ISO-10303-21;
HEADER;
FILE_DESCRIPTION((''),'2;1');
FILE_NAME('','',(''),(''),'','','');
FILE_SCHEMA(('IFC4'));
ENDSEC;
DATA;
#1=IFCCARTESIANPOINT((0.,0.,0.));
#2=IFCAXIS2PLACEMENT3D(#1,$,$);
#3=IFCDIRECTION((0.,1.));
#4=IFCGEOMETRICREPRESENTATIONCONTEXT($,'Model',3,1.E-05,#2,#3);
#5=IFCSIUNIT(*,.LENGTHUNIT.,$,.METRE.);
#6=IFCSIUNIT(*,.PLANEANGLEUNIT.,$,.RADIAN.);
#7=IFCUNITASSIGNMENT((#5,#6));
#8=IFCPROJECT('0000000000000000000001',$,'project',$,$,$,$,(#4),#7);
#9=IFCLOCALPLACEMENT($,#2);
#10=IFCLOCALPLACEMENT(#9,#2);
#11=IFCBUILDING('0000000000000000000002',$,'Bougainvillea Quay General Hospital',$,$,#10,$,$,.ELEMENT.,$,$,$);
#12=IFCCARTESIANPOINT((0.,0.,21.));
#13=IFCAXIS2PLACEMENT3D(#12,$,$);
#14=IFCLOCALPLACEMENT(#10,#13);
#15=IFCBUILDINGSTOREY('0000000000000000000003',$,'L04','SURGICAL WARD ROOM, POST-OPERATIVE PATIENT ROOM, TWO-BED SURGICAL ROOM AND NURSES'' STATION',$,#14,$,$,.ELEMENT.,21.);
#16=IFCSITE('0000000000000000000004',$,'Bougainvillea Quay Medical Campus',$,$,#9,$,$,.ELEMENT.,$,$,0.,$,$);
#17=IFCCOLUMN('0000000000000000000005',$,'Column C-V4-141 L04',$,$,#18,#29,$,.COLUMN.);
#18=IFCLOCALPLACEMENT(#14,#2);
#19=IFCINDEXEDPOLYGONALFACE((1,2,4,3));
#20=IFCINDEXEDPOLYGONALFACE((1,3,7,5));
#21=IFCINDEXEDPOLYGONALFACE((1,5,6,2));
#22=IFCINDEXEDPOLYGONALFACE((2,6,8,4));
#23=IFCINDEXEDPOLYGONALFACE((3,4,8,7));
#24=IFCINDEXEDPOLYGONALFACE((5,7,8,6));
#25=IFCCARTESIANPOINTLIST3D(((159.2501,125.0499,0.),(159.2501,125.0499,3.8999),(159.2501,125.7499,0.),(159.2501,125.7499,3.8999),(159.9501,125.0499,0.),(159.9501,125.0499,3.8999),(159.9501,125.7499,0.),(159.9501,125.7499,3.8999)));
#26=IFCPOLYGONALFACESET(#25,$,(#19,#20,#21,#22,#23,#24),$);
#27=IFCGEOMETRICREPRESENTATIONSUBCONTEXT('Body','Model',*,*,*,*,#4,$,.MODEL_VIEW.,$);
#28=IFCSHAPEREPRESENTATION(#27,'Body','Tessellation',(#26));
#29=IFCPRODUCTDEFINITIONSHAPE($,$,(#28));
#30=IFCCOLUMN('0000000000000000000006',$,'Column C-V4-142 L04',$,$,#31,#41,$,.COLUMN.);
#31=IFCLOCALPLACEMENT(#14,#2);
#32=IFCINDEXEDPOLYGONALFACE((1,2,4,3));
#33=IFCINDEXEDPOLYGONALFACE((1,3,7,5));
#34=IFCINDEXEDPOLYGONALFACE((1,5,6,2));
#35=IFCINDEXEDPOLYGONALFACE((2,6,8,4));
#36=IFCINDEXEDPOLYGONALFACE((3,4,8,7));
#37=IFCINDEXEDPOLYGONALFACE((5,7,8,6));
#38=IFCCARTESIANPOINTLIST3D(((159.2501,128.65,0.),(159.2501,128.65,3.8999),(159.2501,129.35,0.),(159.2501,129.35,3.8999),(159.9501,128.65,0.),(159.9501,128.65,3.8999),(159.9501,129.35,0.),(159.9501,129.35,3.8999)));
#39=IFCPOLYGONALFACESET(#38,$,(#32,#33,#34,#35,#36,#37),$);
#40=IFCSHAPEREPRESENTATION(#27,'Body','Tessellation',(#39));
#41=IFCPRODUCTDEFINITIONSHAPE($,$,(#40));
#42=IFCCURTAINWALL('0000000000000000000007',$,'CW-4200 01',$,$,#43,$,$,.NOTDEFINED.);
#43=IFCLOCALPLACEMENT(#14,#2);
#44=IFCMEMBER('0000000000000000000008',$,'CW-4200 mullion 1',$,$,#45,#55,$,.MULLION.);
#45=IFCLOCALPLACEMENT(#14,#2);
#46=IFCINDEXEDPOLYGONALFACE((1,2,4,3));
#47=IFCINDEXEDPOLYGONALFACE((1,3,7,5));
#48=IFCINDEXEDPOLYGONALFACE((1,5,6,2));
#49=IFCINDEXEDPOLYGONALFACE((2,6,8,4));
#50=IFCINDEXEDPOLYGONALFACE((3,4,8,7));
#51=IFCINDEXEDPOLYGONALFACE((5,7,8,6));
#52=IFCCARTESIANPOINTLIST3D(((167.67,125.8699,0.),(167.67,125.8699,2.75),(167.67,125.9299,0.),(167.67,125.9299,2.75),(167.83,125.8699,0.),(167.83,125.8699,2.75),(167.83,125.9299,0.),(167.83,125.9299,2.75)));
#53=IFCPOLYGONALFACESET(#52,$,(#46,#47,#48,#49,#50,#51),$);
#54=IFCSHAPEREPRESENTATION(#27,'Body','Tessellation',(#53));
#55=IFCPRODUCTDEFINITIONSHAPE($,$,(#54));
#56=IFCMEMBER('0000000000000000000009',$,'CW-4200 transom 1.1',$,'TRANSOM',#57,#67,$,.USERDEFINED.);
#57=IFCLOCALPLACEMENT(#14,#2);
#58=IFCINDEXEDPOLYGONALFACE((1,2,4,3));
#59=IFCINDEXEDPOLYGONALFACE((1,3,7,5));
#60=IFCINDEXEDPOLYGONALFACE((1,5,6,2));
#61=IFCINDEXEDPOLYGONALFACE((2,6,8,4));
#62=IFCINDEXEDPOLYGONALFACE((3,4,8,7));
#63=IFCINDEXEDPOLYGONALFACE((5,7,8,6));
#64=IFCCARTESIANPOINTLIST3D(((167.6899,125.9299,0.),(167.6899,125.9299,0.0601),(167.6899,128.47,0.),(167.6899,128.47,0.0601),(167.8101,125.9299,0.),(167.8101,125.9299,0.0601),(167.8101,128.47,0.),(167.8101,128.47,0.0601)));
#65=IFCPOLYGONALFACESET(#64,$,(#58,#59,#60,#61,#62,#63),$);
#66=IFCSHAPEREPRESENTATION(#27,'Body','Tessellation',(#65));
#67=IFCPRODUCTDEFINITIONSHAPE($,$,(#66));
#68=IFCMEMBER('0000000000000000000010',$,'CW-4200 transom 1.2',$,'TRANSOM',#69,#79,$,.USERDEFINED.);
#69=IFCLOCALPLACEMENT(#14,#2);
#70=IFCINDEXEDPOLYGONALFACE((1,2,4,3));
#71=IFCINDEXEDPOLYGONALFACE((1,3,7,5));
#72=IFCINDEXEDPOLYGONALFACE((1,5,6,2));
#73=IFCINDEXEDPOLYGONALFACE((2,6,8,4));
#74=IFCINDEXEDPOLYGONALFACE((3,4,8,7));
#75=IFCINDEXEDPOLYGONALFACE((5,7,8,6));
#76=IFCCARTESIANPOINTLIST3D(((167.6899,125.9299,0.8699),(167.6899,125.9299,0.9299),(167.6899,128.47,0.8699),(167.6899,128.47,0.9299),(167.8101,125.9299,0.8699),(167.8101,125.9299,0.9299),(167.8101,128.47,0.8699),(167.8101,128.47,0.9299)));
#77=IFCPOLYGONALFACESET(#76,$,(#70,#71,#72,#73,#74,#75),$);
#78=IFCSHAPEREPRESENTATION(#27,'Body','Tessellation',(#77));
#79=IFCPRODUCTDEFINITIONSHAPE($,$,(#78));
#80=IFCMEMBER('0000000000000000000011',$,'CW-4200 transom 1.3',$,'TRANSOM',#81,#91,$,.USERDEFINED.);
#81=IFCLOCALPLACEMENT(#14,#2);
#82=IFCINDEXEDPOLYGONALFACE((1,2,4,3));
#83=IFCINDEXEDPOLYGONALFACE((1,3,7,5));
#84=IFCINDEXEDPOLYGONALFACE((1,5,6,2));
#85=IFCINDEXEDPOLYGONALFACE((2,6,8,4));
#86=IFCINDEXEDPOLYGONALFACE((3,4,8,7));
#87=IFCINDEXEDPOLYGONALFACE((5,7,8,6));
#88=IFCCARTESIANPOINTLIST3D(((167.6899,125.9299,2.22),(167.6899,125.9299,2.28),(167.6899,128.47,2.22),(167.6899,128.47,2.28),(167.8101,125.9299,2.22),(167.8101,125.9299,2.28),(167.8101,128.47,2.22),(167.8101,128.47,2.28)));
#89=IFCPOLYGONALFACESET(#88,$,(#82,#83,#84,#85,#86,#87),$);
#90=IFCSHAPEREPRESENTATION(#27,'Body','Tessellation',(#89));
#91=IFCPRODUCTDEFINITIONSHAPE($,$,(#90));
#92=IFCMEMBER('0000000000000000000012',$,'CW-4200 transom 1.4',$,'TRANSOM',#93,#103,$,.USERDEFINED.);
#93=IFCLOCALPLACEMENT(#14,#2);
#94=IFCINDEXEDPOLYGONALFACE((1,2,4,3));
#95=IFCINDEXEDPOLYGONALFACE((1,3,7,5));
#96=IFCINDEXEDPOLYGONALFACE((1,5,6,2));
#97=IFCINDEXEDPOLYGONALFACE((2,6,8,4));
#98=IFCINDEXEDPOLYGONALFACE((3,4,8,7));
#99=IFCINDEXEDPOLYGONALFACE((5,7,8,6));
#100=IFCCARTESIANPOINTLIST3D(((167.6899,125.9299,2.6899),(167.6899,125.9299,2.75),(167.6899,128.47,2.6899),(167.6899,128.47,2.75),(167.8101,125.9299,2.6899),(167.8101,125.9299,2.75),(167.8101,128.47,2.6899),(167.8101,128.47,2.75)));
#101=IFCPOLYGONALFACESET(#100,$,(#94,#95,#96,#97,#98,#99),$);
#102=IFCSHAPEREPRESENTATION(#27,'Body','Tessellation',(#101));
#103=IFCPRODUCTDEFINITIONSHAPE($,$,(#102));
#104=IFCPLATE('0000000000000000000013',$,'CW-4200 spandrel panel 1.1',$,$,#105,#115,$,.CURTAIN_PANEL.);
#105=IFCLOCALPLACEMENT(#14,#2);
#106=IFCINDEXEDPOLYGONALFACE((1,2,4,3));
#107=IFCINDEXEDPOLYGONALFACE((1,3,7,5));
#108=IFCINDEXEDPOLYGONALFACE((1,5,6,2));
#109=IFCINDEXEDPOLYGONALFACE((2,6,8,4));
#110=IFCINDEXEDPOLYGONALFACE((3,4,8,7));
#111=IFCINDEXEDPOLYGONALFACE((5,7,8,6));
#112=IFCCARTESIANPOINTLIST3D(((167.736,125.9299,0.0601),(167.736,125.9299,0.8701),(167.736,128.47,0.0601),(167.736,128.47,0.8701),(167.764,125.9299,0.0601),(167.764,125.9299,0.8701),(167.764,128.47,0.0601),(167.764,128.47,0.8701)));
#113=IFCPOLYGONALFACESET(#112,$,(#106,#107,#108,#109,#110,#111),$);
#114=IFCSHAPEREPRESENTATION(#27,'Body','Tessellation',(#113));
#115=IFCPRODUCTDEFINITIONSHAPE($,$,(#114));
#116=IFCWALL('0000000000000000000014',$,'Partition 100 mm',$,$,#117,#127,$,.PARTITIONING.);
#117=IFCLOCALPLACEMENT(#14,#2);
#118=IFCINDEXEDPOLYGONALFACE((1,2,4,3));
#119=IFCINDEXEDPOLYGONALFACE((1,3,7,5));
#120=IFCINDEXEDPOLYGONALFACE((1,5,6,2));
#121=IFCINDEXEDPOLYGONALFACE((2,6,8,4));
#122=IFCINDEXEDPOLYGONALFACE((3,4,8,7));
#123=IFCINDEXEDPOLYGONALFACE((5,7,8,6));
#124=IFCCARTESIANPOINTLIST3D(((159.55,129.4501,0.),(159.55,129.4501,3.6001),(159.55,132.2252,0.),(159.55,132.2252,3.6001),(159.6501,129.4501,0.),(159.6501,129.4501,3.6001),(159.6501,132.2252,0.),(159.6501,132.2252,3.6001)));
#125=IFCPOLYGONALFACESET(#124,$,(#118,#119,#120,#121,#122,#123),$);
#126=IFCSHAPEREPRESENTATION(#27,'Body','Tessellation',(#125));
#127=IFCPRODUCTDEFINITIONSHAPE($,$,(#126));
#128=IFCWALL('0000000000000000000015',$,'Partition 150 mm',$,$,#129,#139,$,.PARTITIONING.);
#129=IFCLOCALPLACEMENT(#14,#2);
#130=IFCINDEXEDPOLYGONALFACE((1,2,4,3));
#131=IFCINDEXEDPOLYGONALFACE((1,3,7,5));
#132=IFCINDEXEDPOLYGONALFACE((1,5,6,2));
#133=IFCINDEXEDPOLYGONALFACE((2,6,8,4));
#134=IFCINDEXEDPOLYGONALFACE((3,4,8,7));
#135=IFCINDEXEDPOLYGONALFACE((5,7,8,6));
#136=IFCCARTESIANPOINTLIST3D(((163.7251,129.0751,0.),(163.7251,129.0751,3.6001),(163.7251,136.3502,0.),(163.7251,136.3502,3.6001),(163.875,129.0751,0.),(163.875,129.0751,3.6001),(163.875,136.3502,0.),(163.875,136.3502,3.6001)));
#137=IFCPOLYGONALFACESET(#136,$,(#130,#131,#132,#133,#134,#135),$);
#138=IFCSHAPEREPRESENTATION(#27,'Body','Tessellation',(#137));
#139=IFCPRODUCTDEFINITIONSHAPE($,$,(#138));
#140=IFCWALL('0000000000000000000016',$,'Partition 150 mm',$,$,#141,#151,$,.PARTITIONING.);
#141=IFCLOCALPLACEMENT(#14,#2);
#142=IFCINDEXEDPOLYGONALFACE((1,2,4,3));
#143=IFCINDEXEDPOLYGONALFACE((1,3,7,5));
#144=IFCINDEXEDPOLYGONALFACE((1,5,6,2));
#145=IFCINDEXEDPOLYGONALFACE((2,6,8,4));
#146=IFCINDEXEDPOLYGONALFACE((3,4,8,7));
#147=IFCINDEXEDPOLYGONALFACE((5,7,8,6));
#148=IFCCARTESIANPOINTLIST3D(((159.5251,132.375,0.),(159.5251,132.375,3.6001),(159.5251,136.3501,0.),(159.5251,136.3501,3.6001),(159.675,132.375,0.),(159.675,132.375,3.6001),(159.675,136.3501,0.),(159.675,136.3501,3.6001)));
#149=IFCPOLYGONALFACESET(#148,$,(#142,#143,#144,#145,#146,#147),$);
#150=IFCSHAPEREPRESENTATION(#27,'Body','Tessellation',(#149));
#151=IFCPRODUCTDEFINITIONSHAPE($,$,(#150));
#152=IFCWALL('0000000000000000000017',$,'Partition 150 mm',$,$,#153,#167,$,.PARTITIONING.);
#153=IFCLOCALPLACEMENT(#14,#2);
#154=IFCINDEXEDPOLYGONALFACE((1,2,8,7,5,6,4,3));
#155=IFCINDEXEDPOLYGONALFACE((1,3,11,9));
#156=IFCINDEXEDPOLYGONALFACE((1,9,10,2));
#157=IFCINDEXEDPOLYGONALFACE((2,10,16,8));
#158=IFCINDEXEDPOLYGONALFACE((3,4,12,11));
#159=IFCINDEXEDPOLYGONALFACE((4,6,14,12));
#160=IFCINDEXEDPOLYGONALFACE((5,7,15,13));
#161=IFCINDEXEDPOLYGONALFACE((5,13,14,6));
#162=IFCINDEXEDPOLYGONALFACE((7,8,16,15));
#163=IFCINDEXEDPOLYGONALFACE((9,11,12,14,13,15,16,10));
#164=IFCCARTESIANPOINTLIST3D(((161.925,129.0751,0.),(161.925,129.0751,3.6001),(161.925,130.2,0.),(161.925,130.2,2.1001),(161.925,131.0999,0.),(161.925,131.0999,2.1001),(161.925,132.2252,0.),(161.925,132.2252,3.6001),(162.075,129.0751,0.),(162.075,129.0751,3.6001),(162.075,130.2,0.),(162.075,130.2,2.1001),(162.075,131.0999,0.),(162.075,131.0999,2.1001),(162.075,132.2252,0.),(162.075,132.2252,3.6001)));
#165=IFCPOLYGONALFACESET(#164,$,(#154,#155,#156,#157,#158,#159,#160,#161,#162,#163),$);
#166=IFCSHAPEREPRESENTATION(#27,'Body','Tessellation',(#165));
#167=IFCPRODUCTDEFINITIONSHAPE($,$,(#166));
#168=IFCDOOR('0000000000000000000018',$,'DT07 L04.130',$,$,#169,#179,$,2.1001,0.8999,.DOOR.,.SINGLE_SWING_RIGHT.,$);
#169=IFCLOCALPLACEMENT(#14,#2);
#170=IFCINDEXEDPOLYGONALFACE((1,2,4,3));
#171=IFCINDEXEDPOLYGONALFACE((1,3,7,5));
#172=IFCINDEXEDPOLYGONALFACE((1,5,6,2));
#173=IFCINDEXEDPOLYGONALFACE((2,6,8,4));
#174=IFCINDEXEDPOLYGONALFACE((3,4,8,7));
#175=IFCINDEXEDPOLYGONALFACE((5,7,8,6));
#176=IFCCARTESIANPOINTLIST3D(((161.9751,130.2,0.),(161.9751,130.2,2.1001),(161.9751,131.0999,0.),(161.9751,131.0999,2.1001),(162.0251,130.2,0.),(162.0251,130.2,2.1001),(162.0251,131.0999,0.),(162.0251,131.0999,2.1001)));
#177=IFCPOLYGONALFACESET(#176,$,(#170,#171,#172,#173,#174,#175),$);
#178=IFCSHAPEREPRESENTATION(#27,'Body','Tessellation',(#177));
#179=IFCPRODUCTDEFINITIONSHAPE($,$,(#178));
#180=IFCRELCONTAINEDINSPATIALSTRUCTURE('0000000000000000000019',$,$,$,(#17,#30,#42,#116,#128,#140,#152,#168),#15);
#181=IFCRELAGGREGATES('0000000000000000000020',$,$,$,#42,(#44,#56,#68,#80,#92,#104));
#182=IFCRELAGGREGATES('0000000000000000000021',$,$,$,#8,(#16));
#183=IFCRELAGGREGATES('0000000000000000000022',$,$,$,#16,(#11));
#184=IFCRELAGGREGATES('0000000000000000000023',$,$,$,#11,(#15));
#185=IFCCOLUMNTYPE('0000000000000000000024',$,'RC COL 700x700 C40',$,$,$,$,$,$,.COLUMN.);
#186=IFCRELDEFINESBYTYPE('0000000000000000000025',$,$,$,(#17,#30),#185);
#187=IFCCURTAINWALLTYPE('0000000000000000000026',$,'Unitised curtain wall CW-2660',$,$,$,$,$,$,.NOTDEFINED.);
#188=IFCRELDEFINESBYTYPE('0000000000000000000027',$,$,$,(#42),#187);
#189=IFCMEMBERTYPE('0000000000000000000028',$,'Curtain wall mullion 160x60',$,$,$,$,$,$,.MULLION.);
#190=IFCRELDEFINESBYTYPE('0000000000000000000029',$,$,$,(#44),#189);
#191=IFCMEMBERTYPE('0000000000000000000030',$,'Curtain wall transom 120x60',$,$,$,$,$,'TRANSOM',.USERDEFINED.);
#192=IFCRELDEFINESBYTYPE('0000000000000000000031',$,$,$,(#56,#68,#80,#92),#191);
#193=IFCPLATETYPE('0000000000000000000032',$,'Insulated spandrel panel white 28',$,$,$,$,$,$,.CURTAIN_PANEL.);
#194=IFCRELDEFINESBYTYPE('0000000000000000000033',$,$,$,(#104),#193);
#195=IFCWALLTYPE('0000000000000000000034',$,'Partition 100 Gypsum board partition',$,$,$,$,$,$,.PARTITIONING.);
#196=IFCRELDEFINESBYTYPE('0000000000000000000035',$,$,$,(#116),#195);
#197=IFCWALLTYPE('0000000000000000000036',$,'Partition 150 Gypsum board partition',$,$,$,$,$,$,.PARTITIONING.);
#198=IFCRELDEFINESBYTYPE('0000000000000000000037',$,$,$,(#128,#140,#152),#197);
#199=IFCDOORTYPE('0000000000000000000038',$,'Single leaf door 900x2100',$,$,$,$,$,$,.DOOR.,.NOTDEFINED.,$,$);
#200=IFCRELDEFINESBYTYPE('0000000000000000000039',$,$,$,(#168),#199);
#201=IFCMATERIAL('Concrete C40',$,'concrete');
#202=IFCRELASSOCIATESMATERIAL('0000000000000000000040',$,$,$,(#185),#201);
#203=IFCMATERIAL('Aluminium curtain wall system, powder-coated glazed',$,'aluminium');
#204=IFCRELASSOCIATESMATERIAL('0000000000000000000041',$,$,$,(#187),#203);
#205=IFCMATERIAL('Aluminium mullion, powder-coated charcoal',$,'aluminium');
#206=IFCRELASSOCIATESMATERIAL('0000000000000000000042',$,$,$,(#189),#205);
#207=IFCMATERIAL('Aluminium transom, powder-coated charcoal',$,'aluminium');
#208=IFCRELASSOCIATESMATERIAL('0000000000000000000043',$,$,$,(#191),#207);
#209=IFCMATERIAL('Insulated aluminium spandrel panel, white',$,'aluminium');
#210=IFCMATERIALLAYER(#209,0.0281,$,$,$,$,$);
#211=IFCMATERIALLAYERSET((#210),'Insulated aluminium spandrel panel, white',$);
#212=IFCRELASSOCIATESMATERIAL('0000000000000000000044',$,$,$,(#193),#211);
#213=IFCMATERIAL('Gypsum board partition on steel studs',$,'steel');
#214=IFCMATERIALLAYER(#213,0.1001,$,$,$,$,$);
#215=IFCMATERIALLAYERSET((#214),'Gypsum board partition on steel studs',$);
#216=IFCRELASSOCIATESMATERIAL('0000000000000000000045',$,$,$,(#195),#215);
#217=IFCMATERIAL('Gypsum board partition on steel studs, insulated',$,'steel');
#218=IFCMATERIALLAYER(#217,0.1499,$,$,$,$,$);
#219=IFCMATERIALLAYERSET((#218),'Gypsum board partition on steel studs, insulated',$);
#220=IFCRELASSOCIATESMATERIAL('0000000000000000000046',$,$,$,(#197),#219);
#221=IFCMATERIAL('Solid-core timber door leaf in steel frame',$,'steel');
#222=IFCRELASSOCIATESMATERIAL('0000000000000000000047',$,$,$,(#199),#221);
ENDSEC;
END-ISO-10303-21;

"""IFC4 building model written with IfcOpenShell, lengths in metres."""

from ifc_helpers import new_model, si_unit, direction, frame, frame_2d, origin, origin_2d, place, context, subcontext, project, spatial, rectangle, extrude, material, layer, layer_set, material_profile, profile_set, type_object, element, fill, aggregate, save


model = new_model("IFC4")

# Units and contexts
model_context = context("Model", 3, precision=1e-05, world=origin(), true_north=direction((0.0, 1.0)))
body_context = subcontext(model_context, "Body", "Model", "MODEL_VIEW")
ifc_project = project(units=[si_unit("LENGTHUNIT", "METRE"), si_unit("PLANEANGLEUNIT", "RADIAN")], contexts=[model_context])

# Site, building, storey
site_placement = place(None, origin())
site = spatial("IfcSite", under=ifc_project, at=site_placement, Name="Bougainvillea Quay Medical Campus", CompositionType="ELEMENT", RefElevation=0.0)
building_placement = place(site_placement, origin())
building = spatial("IfcBuilding", under=site, at=building_placement, Name="Bougainvillea Quay General Hospital", CompositionType="ELEMENT")
storey_placement = place(building_placement, frame((0.0, 0.0, 21.0)))
storey = spatial("IfcBuildingStorey", under=building, at=storey_placement, Name="L04", Description="SURGICAL WARD ROOM, POST-OPERATIVE PATIENT ROOM, TWO-BED SURGICAL ROOM AND NURSES' STATION", CompositionType="ELEMENT", Elevation=21.0)

# Columns
ifc_material_1 = material(Name="Concrete C40", Category="concrete")
ifc_material_profile_1 = material_profile(ifc_material_1, rectangle(XDim=0.7, YDim=0.7, at=origin_2d()))
ifc_profile_set_1 = profile_set([ifc_material_profile_1], Name="Concrete C40")
column_type = type_object("IfcColumnType", Name="RC COL 700x700 C40", PredefinedType="COLUMN", material=ifc_profile_set_1)
for number, where, z_axis, x_axis, name in (
    (1, (159.6001, 125.3999, 0.0), (0.0, 0.0, 1.0), (1.0, 0.0, 0.0), "Column C-V4-141 L04"),
    (2, (159.6001, 129.0, 0.0), (0.0, 0.0, 1.0), (1.0, 0.0, 0.0), "Column C-V4-142 L04"),
):
    element("IfcColumn", number, at=place(storey_placement, frame(where, z_axis=z_axis, x_axis=x_axis)), inside=storey, type_object=column_type, Name=name, PredefinedType="COLUMN", context=body_context, shape_type="SweptSolid", body=[
        extrude(rectangle(XDim=0.7, YDim=0.7, at=origin_2d()), origin(), (0.0, 0.0, 1.0), 3.8999),
    ])

# Curtain wall, members, plate
ifc_material_2 = material(Name="Aluminium curtain wall system, powder-coated glazed", Category="aluminium")
curtain_wall_type = type_object("IfcCurtainWallType", Name="Unitised curtain wall CW-2660", PredefinedType="NOTDEFINED", material=ifc_material_2)
curtain_wall_placement = place(storey_placement, origin())
curtain_wall = element("IfcCurtainWall", 3, at=curtain_wall_placement, inside=storey, type_object=curtain_wall_type, Name="CW-4200 01", PredefinedType="NOTDEFINED")
ifc_material_3 = material(Name="Aluminium mullion, powder-coated charcoal", Category="aluminium")
ifc_material_profile_2 = material_profile(ifc_material_3, rectangle(XDim=0.1599, YDim=0.0601, at=origin_2d()))
ifc_profile_set_2 = profile_set([ifc_material_profile_2], Name="Aluminium mullion, powder-coated charcoal")
member_type_1 = type_object("IfcMemberType", Name="Curtain wall mullion 160x60", PredefinedType="MULLION", material=ifc_profile_set_2)
member_1_placement = place(storey_placement, frame((167.75, 125.8999, 0.0), z_axis=(0.0, 0.0, 1.0), x_axis=(-1.0, 0.0, 0.0)))
member_1 = element("IfcMember", 4, at=member_1_placement, type_object=member_type_1, Name="CW-4200 mullion 1", PredefinedType="MULLION", context=body_context, shape_type="SweptSolid", body=[
    extrude(rectangle(XDim=0.1599, YDim=0.0601, at=origin_2d()), origin(), (0.0, 0.0, 1.0), 2.75),
])
ifc_material_4 = material(Name="Aluminium transom, powder-coated charcoal", Category="aluminium")
ifc_material_profile_3 = material_profile(ifc_material_4, rectangle(XDim=0.1201, YDim=0.0601, at=origin_2d()))
ifc_profile_set_3 = profile_set([ifc_material_profile_3], Name="Aluminium transom, powder-coated charcoal")
member_type_2 = type_object("IfcMemberType", Name="Curtain wall transom 120x60", ElementType="TRANSOM", PredefinedType="USERDEFINED", material=ifc_profile_set_3)
member_2_placement = place(storey_placement, frame((167.75, 125.9299, 0.03), z_axis=(0.0, 1.0, 0.0), x_axis=(-1.0, 0.0, 0.0)))
member_2 = element("IfcMember", 5, at=member_2_placement, type_object=member_type_2, Name="CW-4200 transom 1.1", ObjectType="TRANSOM", PredefinedType="USERDEFINED", context=body_context, shape_type="SweptSolid", body=[
    extrude(rectangle(XDim=0.1201, YDim=0.0601, at=origin_2d()), origin(), (0.0, 0.0, 1.0), 2.54),
])
member_3_placement = place(storey_placement, frame((167.75, 125.9299, 0.8999), z_axis=(0.0, 1.0, 0.0), x_axis=(-1.0, 0.0, 0.0)))
member_3 = element("IfcMember", 6, at=member_3_placement, type_object=member_type_2, Name="CW-4200 transom 1.2", ObjectType="TRANSOM", PredefinedType="USERDEFINED", context=body_context, shape_type="SweptSolid", body=[
    extrude(rectangle(XDim=0.1201, YDim=0.0601, at=origin_2d()), origin(), (0.0, 0.0, 1.0), 2.54),
])
member_4_placement = place(storey_placement, frame((167.75, 125.9299, 2.25), z_axis=(0.0, 1.0, 0.0), x_axis=(-1.0, 0.0, 0.0)))
member_4 = element("IfcMember", 7, at=member_4_placement, type_object=member_type_2, Name="CW-4200 transom 1.3", ObjectType="TRANSOM", PredefinedType="USERDEFINED", context=body_context, shape_type="SweptSolid", body=[
    extrude(rectangle(XDim=0.1201, YDim=0.0601, at=origin_2d()), origin(), (0.0, 0.0, 1.0), 2.54),
])
member_5_placement = place(storey_placement, frame((167.75, 125.9299, 2.72), z_axis=(0.0, 1.0, 0.0), x_axis=(-1.0, 0.0, 0.0)))
member_5 = element("IfcMember", 8, at=member_5_placement, type_object=member_type_2, Name="CW-4200 transom 1.4", ObjectType="TRANSOM", PredefinedType="USERDEFINED", context=body_context, shape_type="SweptSolid", body=[
    extrude(rectangle(XDim=0.1201, YDim=0.0601, at=origin_2d()), origin(), (0.0, 0.0, 1.0), 2.54),
])
ifc_material_5 = material(Name="Insulated aluminium spandrel panel, white", Category="aluminium")
ifc_layer_1 = layer(ifc_material_5, 0.0281)
ifc_layer_set_1 = layer_set([ifc_layer_1], Name="Insulated aluminium spandrel panel, white")
plate_type = type_object("IfcPlateType", Name="Insulated spandrel panel white 28", PredefinedType="CURTAIN_PANEL", material=ifc_layer_set_1)
plate_placement = place(storey_placement, frame((167.75, 127.2, 0.0601), z_axis=(0.0, 0.0, 1.0), x_axis=(0.0, 1.0, 0.0)))
plate = element("IfcPlate", 9, at=plate_placement, type_object=plate_type, Name="CW-4200 spandrel panel 1.1", PredefinedType="CURTAIN_PANEL", context=body_context, shape_type="SweptSolid", body=[
    extrude(rectangle(XDim=2.54, YDim=0.0281, at=origin_2d()), origin(), (0.0, 0.0, 1.0), 0.8101),
])
aggregate(curtain_wall, [member_1, member_2, member_3, member_4, member_5, plate])

# Walls
ifc_material_6 = material(Name="Gypsum board partition on steel studs", Category="steel")
ifc_layer_2 = layer(ifc_material_6, 0.1001)
ifc_layer_set_2 = layer_set([ifc_layer_2], Name="Gypsum board partition on steel studs")
wall_type_1 = type_object("IfcWallType", Name="Partition 100 Gypsum board partition", PredefinedType="PARTITIONING", material=ifc_layer_set_2)
wall_1_placement = place(storey_placement, frame((159.6001, 129.45, 0.0), z_axis=(0.0, 0.0, 1.0), x_axis=(0.0, 1.0, 0.0)))
element("IfcWall", 10, at=wall_1_placement, inside=storey, type_object=wall_type_1, Name="Partition 100 mm", PredefinedType="PARTITIONING", context=body_context, shape_type="SweptSolid", body=[
    extrude(rectangle(XDim=2.7751, YDim=0.1001, at=frame_2d((1.3877, 0.0))), origin(), (0.0, 0.0, 1.0), 3.6001),
])
ifc_material_7 = material(Name="Gypsum board partition on steel studs, insulated", Category="steel")
ifc_layer_3 = layer(ifc_material_7, 0.1499)
ifc_layer_set_3 = layer_set([ifc_layer_3], Name="Gypsum board partition on steel studs, insulated")
wall_type_2 = type_object("IfcWallType", Name="Partition 150 Gypsum board partition", PredefinedType="PARTITIONING", material=ifc_layer_set_3)
wall_2_placement = place(storey_placement, frame((163.8, 129.075, 0.0), z_axis=(0.0, 0.0, 1.0), x_axis=(0.0, 1.0, 0.0)))
element("IfcWall", 11, at=wall_2_placement, inside=storey, type_object=wall_type_2, Name="Partition 150 mm", PredefinedType="PARTITIONING", context=body_context, shape_type="SweptSolid", body=[
    extrude(rectangle(XDim=7.2751, YDim=0.1499, at=frame_2d((3.6377, 0.0))), origin(), (0.0, 0.0, 1.0), 3.6001),
])
wall_3_placement = place(storey_placement, frame((159.6001, 132.375, 0.0), z_axis=(0.0, 0.0, 1.0), x_axis=(0.0, 1.0, 0.0)))
element("IfcWall", 12, at=wall_3_placement, inside=storey, type_object=wall_type_2, Name="Partition 150 mm", PredefinedType="PARTITIONING", context=body_context, shape_type="SweptSolid", body=[
    extrude(rectangle(XDim=3.9751, YDim=0.1499, at=frame_2d((1.9875, 0.0))), origin(), (0.0, 0.0, 1.0), 3.6001),
])

# Wall, opening, door
wall_4_placement = place(storey_placement, frame((162.0, 129.075, 0.0), z_axis=(0.0, 0.0, 1.0), x_axis=(0.0, 1.0, 0.0)))
wall_4 = element("IfcWall", 13, at=wall_4_placement, inside=storey, type_object=wall_type_2, Name="Partition 150 mm", PredefinedType="PARTITIONING", context=body_context, shape_type="SweptSolid", body=[
    extrude(rectangle(XDim=3.1501, YDim=0.1499, at=frame_2d((1.5752, 0.0))), origin(), (0.0, 0.0, 1.0), 3.6001),
])
opening_1_placement = place(wall_4_placement, frame((1.125, 0.0, 0.0)))
opening_1 = element("IfcOpeningElement", 14, at=opening_1_placement, cuts=wall_4, PredefinedType="OPENING", context=body_context, shape_type="SweptSolid", body=[
    extrude(rectangle(XDim=0.8999, YDim=2.1001, at=frame_2d((0.45, 1.05))), frame((0.0, 0.085, 0.0), z_axis=(0.0, -1.0, 0.0), x_axis=(1.0, 0.0, 0.0)), (0.0, 0.0, 1.0), 0.1699),
])
ifc_material_8 = material(Name="Solid-core timber door leaf in steel frame", Category="steel")
door_type_1 = type_object("IfcDoorType", Name="Single leaf door 900x2100", OperationType="NOTDEFINED", PredefinedType="DOOR", material=ifc_material_8)
door_1_placement = place(opening_1_placement, origin())
door_1 = element("IfcDoor", 15, at=door_1_placement, inside=storey, type_object=door_type_1, Name="DT07 L04.130", OperationType="SINGLE_SWING_RIGHT", OverallHeight=2.1001, OverallWidth=0.8999, PredefinedType="DOOR", context=body_context, shape_type="SweptSolid", body=[
    extrude(rectangle(XDim=0.8999, YDim=2.1001, at=frame_2d((0.45, 1.05))), frame((0.0, 0.0249, 0.0), z_axis=(0.0, -1.0, 0.0), x_axis=(1.0, 0.0, 0.0)), (0.0, 0.0, 1.0), 0.05),
])
fill(opening_1, door_1)

save(model, "model.ifc")
